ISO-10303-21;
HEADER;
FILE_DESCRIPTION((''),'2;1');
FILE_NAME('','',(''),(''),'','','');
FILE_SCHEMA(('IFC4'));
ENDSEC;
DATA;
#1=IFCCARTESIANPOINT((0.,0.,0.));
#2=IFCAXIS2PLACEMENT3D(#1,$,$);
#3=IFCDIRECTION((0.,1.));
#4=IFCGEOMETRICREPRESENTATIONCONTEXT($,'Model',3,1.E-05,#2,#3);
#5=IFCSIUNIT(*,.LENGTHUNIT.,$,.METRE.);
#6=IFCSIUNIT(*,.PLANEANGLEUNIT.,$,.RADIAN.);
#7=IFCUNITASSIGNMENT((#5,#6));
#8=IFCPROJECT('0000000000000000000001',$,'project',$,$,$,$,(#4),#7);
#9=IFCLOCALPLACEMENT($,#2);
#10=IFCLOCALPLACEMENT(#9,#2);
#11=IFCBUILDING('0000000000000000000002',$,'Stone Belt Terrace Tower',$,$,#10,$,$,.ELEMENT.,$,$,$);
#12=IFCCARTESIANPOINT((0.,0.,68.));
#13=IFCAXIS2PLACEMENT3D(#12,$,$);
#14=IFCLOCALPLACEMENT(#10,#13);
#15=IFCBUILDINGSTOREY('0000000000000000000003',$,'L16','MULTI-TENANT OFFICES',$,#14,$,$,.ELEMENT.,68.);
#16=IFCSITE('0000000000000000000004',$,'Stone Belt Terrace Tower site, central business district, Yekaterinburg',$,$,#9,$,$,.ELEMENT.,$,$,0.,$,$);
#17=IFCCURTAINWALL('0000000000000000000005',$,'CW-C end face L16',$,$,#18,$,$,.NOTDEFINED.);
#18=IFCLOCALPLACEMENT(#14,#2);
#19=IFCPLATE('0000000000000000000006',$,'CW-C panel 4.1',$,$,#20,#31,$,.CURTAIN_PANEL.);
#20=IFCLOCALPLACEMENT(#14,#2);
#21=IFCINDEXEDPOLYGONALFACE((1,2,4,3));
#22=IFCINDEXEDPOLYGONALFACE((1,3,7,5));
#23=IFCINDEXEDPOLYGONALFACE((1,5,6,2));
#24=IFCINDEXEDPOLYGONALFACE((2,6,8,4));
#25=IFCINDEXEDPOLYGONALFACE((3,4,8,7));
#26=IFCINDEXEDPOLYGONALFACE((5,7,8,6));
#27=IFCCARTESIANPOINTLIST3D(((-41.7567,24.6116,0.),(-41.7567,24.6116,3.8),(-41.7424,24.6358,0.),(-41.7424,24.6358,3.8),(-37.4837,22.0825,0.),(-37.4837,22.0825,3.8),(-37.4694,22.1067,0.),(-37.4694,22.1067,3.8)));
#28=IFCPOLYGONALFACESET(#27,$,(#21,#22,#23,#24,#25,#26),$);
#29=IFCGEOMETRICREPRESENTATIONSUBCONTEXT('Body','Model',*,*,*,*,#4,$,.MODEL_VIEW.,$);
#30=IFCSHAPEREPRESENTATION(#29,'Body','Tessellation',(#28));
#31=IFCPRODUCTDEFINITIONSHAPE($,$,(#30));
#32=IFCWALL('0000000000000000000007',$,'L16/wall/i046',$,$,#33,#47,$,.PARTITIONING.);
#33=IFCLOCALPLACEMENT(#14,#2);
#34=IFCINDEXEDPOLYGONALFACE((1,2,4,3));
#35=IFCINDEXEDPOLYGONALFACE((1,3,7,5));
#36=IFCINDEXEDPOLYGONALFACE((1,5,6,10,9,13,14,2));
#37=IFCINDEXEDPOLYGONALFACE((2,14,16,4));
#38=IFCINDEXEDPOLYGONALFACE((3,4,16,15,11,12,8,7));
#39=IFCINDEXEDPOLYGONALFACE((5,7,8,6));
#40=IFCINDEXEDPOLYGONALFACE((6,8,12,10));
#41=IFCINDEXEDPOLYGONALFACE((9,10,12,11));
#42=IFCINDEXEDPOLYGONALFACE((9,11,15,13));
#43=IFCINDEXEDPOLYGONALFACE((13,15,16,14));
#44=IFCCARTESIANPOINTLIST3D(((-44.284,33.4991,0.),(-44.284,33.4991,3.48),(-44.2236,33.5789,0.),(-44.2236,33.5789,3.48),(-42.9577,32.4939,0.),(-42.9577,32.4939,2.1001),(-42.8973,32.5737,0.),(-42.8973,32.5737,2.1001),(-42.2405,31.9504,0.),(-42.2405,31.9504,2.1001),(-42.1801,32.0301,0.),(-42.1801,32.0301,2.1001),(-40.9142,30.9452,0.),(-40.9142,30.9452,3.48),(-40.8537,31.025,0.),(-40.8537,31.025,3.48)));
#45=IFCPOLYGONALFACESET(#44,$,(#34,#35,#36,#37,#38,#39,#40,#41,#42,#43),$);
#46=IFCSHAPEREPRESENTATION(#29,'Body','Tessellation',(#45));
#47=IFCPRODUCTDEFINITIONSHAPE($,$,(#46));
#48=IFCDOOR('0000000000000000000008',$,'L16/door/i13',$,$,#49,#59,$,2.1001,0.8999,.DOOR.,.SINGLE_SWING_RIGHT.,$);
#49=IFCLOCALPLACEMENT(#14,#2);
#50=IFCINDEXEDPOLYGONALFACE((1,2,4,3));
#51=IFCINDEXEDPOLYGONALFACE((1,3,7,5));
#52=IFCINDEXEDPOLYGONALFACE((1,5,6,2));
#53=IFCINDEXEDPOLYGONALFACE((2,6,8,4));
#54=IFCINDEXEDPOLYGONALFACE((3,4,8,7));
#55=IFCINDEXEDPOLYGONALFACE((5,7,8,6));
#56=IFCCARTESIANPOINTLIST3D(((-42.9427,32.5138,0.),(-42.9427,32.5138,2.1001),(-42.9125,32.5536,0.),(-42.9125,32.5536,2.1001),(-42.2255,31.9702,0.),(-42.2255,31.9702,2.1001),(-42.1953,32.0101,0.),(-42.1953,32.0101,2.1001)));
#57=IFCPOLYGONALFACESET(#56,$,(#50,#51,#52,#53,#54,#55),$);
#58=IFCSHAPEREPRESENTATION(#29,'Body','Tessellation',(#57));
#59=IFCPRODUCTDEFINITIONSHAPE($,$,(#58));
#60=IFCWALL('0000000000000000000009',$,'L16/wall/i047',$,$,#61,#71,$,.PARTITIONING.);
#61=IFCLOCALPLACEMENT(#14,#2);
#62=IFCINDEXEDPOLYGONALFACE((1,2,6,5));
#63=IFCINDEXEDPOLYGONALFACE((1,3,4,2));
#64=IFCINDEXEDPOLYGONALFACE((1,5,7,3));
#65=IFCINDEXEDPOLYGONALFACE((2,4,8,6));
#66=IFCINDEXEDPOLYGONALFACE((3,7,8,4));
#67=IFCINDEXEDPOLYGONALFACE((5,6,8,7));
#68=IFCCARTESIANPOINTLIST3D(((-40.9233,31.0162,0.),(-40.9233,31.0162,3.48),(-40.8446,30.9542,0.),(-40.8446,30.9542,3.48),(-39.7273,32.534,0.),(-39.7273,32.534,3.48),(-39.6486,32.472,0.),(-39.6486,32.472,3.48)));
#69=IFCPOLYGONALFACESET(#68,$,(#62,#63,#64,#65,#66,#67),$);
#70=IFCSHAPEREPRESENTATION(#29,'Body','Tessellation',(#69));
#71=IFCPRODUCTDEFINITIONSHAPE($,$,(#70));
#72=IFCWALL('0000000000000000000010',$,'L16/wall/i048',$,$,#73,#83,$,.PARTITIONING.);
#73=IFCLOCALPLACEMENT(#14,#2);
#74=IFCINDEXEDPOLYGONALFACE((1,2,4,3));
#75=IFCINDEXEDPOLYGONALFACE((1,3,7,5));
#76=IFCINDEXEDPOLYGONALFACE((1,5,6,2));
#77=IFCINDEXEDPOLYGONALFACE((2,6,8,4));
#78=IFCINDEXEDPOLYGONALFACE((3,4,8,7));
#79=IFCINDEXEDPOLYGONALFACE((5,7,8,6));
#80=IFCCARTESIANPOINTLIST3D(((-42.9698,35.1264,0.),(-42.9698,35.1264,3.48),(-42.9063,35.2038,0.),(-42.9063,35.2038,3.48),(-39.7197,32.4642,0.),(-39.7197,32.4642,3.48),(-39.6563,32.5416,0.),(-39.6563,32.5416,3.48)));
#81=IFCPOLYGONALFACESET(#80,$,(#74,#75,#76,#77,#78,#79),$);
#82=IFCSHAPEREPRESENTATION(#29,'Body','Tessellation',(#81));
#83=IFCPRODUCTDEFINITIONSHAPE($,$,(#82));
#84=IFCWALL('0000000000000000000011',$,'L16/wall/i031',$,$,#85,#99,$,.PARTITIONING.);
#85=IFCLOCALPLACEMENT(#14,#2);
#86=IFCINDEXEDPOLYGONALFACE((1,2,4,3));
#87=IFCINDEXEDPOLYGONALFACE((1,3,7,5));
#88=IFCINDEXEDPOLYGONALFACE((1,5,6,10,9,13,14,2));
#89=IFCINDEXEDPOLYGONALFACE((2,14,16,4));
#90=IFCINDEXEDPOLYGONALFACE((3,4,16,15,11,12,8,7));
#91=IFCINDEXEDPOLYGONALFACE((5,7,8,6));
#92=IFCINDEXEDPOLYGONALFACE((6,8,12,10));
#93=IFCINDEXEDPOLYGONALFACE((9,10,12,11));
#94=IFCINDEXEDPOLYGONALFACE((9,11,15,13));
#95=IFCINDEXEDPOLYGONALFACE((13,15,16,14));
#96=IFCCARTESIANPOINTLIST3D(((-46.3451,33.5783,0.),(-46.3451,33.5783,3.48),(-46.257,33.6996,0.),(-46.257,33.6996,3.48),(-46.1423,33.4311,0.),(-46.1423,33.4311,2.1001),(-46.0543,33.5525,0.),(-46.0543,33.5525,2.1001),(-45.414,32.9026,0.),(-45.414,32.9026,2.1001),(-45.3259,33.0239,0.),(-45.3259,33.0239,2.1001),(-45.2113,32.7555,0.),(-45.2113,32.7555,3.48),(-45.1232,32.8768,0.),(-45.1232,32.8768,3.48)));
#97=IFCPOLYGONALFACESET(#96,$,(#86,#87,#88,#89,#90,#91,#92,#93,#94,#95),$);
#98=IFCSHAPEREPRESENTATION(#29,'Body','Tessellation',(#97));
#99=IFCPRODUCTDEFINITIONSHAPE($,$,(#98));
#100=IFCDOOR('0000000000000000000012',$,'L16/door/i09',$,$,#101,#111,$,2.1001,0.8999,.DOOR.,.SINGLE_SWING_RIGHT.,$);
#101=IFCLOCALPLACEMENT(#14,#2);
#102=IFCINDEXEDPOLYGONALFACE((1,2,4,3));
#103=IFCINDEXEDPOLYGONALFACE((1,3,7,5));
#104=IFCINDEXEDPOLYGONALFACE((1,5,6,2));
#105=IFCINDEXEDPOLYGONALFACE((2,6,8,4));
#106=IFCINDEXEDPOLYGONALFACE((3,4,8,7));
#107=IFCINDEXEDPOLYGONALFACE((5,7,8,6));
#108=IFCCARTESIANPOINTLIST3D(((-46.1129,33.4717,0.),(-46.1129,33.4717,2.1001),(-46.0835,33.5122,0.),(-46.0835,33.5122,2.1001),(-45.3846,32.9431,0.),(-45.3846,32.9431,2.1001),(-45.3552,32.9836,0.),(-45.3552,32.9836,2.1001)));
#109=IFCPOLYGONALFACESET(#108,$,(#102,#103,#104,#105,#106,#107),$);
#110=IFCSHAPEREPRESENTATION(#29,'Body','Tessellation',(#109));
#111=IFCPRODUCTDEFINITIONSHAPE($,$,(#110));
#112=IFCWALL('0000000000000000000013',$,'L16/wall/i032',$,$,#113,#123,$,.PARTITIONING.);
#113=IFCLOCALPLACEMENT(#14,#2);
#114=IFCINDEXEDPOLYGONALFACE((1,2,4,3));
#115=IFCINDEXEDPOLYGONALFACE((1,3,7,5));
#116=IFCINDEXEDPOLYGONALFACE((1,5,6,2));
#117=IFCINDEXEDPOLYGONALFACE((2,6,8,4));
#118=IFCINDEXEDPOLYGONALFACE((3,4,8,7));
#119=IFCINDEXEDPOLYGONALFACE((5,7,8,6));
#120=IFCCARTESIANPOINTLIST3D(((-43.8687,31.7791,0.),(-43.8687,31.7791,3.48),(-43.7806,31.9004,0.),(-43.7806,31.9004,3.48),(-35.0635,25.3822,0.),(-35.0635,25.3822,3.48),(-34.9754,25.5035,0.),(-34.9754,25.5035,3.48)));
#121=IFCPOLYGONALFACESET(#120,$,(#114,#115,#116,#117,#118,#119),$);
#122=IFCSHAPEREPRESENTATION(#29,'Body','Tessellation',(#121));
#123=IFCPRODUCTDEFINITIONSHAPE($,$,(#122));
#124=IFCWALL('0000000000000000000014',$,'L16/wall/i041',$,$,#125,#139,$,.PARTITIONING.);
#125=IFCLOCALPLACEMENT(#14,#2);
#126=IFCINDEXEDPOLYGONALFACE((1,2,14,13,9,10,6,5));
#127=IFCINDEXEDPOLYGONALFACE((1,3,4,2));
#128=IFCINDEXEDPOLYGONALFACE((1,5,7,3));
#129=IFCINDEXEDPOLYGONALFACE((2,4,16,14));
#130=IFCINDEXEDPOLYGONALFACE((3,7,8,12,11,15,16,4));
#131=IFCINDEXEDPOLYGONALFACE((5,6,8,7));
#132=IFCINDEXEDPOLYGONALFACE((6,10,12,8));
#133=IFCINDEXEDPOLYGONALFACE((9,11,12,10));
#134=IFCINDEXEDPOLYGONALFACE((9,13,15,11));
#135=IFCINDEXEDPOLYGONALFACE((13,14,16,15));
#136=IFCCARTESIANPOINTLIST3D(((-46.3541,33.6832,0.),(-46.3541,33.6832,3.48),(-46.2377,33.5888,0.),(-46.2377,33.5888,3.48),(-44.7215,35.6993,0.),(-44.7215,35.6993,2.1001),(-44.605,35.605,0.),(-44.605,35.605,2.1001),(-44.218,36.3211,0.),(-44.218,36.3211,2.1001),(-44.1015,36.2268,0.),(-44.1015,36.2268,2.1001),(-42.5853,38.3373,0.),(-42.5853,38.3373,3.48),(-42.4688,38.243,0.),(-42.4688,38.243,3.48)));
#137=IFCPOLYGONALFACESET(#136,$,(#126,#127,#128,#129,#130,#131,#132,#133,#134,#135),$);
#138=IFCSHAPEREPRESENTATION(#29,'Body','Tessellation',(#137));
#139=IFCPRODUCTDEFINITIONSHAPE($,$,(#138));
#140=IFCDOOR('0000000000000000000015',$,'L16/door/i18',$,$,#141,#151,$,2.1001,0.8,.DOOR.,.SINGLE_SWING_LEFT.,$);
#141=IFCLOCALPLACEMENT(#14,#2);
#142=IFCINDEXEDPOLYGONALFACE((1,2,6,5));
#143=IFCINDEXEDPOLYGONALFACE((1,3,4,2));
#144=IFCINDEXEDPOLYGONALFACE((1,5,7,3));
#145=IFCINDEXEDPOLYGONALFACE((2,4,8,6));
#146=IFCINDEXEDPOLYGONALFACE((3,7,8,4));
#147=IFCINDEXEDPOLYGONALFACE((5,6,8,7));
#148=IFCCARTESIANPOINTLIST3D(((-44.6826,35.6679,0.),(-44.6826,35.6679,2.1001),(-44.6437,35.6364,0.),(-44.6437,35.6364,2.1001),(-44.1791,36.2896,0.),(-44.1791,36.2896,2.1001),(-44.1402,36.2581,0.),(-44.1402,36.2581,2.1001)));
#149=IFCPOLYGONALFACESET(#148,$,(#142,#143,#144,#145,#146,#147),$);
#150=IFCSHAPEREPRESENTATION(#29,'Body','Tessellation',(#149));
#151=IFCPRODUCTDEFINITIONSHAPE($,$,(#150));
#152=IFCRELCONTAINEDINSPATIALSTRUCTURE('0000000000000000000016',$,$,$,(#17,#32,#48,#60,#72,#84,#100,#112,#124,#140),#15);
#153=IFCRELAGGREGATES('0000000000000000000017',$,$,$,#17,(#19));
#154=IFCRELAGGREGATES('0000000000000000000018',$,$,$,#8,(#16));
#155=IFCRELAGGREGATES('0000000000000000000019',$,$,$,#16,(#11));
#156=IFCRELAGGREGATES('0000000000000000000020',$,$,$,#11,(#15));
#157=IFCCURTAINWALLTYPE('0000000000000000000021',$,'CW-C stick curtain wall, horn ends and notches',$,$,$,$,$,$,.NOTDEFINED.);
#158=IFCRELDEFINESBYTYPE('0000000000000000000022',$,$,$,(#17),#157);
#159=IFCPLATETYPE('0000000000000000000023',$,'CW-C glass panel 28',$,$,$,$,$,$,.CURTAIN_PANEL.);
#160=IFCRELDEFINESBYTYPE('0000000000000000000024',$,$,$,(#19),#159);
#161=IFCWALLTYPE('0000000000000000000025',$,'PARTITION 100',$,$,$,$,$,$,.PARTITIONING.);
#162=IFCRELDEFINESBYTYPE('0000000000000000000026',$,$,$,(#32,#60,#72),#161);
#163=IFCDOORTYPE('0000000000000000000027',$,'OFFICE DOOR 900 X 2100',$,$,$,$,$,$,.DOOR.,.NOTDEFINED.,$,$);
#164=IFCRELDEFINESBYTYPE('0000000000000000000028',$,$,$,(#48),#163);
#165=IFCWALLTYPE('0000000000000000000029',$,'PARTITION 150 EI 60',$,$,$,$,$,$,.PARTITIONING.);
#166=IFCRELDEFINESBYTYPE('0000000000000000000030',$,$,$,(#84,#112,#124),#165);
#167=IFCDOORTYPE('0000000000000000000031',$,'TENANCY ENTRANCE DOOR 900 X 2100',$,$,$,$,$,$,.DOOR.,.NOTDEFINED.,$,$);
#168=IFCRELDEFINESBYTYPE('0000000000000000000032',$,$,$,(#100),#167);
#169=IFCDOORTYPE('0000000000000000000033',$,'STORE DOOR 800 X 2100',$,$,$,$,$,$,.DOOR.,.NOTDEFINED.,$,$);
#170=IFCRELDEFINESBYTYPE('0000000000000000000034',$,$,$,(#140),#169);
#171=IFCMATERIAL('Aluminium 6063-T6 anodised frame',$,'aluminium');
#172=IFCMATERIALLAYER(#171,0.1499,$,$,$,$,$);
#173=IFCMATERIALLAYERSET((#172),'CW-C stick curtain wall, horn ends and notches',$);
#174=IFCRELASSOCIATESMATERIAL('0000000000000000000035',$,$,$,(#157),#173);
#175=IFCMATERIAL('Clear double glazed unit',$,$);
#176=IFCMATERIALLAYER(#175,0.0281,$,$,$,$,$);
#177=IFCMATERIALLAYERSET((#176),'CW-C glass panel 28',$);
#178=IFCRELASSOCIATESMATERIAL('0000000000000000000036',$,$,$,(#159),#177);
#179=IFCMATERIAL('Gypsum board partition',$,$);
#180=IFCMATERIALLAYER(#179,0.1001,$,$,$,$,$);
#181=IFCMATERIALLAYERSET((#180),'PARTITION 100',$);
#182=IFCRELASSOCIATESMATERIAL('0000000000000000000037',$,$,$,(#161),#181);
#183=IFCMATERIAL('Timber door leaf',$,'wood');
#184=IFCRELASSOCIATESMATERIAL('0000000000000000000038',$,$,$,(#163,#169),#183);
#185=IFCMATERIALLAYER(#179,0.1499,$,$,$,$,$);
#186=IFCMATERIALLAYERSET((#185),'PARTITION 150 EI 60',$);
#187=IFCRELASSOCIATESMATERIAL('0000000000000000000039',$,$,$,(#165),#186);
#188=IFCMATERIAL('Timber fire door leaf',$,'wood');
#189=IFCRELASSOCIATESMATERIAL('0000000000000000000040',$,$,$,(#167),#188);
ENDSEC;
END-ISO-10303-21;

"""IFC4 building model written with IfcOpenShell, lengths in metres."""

from ifc_helpers import new_model, si_unit, direction, frame, frame_2d, origin, origin_2d, place, context, subcontext, project, spatial, rectangle, extrude, material, layer, layer_set, type_object, element, fill, aggregate, save


model = new_model("IFC4")

# Units and contexts
model_context = context("Model", 3, precision=1e-05, world=origin(), true_north=direction((0.0, 1.0)))
body_context = subcontext(model_context, "Body", "Model", "MODEL_VIEW")
ifc_project = project(units=[si_unit("LENGTHUNIT", "METRE"), si_unit("PLANEANGLEUNIT", "RADIAN")], contexts=[model_context])

# Site, building, storey
site_placement = place(None, origin())
site = spatial("IfcSite", under=ifc_project, at=site_placement, Name="Stone Belt Terrace Tower site, central business district, Yekaterinburg", CompositionType="ELEMENT", RefElevation=0.0)
building_placement = place(site_placement, origin())
building = spatial("IfcBuilding", under=site, at=building_placement, Name="Stone Belt Terrace Tower", CompositionType="ELEMENT")
storey_placement = place(building_placement, frame((0.0, 0.0, 68.0)))
storey = spatial("IfcBuildingStorey", under=building, at=storey_placement, Name="L16", Description="MULTI-TENANT OFFICES", CompositionType="ELEMENT", Elevation=68.0)

# Curtain wall
ifc_material_1 = material(Name="Aluminium 6063-T6 anodised frame", Category="aluminium")
ifc_layer_1 = layer(ifc_material_1, 0.1499)
ifc_layer_set_1 = layer_set([ifc_layer_1], Name="CW-C stick curtain wall, horn ends and notches")
curtain_wall_type = type_object("IfcCurtainWallType", Name="CW-C stick curtain wall, horn ends and notches", PredefinedType="NOTDEFINED", material=ifc_layer_set_1)
curtain_wall_1_placement = place(storey_placement, origin())
curtain_wall_1 = element("IfcCurtainWall", 1, at=curtain_wall_1_placement, inside=storey, type_object=curtain_wall_type, Name="CW-C end face L16", PredefinedType="NOTDEFINED")

# Shared definitions
ifc_material_2 = material(Name="Clear double glazed unit")
ifc_layer_2 = layer(ifc_material_2, 0.0281)
ifc_layer_set_2 = layer_set([ifc_layer_2], Name="CW-C glass panel 28")
plate_type = type_object("IfcPlateType", Name="CW-C glass panel 28", PredefinedType="CURTAIN_PANEL", material=ifc_layer_set_2)

# Plate
plate_1_placement = place(storey_placement, frame((-39.613, 23.3591, 0.0), z_axis=(0.0, 0.0, 1.0), x_axis=(0.860558, -0.509353, 0.0)))
plate_1 = element("IfcPlate", 2, at=plate_1_placement, type_object=plate_type, Name="CW-C panel 4.1", PredefinedType="CURTAIN_PANEL", context=body_context, shape_type="SweptSolid", body=[
    extrude(rectangle(XDim=4.9653, YDim=0.0281, at=origin_2d()), origin(), (0.0, 0.0, 1.0), 3.8),
])
aggregate(curtain_wall_1, [plate_1])

# Wall, opening, door
ifc_material_3 = material(Name="Gypsum board partition")
ifc_layer_3 = layer(ifc_material_3, 0.1001)
ifc_layer_set_3 = layer_set([ifc_layer_3], Name="PARTITION 100")
wall_type_1 = type_object("IfcWallType", Name="PARTITION 100", PredefinedType="PARTITIONING", material=ifc_layer_set_3)
wall_1_placement = place(storey_placement, frame((-44.2539, 33.5391, 0.0), z_axis=(0.0, 0.0, 1.0), x_axis=(0.796976, -0.604011, 0.0)))
wall_1 = element("IfcWall", 3, at=wall_1_placement, inside=storey, type_object=wall_type_1, Name="L16/wall/i046", PredefinedType="PARTITIONING", context=body_context, shape_type="SweptSolid", body=[
    extrude(rectangle(XDim=4.2283, YDim=0.1001, at=frame_2d((2.1143, 0.0))), origin(), (0.0, 0.0, 1.0), 3.48),
])
opening_1_placement = place(wall_1_placement, frame((1.6643, 0.0, 0.0)))
opening_1 = element("IfcOpeningElement", 4, at=opening_1_placement, cuts=wall_1, PredefinedType="OPENING", context=body_context, shape_type="SweptSolid", body=[
    extrude(rectangle(XDim=0.8999, YDim=2.1001, at=frame_2d((0.45, 1.05))), frame((0.0, 0.0601, 0.0), z_axis=(0.0, -1.0, 0.0), x_axis=(1.0, 0.0, 0.0)), (0.0, 0.0, 1.0), 0.1201),
])
ifc_material_4 = material(Name="Timber door leaf", Category="wood")
door_type_1 = type_object("IfcDoorType", Name="OFFICE DOOR 900 X 2100", OperationType="NOTDEFINED", PredefinedType="DOOR", material=ifc_material_4)
door_1_placement = place(opening_1_placement, origin())
door_1 = element("IfcDoor", 5, at=door_1_placement, inside=storey, type_object=door_type_1, Name="L16/door/i13", OperationType="SINGLE_SWING_RIGHT", OverallHeight=2.1001, OverallWidth=0.8999, PredefinedType="DOOR", context=body_context, shape_type="SweptSolid", body=[
    extrude(rectangle(XDim=0.8999, YDim=2.1001, at=frame_2d((0.45, 1.05))), frame((0.0, 0.0249, 0.0), z_axis=(0.0, -1.0, 0.0), x_axis=(1.0, 0.0, 0.0)), (0.0, 0.0, 1.0), 0.05),
])
fill(opening_1, door_1)

# Walls
wall_2_placement = place(storey_placement, frame((-40.884, 30.9851, 0.0), z_axis=(0.0, 0.0, 1.0), x_axis=(0.618931, 0.785445, 0.0)))
element("IfcWall", 6, at=wall_2_placement, inside=storey, type_object=wall_type_1, Name="L16/wall/i047", PredefinedType="PARTITIONING", context=body_context, shape_type="SweptSolid", body=[
    extrude(rectangle(XDim=1.9324, YDim=0.1001, at=frame_2d((0.9663, 0.0))), origin(), (0.0, 0.0, 1.0), 3.48),
])
wall_3_placement = place(storey_placement, frame((-39.688, 32.5029, 0.0), z_axis=(0.0, 0.0, 1.0), x_axis=(-0.773605, 0.633668, 0.0)))
element("IfcWall", 7, at=wall_3_placement, inside=storey, type_object=wall_type_1, Name="L16/wall/i048", PredefinedType="PARTITIONING", context=body_context, shape_type="SweptSolid", body=[
    extrude(rectangle(XDim=4.2012, YDim=0.1001, at=frame_2d((2.1006, 0.0))), origin(), (0.0, 0.0, 1.0), 3.48),
])

# Wall, opening, door
ifc_layer_4 = layer(ifc_material_3, 0.1499)
ifc_layer_set_4 = layer_set([ifc_layer_4], Name="PARTITION 150 EI 60")
wall_type_2 = type_object("IfcWallType", Name="PARTITION 150 EI 60", PredefinedType="PARTITIONING", material=ifc_layer_set_4)
wall_4_placement = place(storey_placement, frame((-45.1672, 32.8162, 0.0), z_axis=(0.0, 0.0, 1.0), x_axis=(-0.809354, 0.587322, 0.0)))
wall_4 = element("IfcWall", 8, at=wall_4_placement, inside=storey, type_object=wall_type_2, Name="L16/wall/i031", PredefinedType="PARTITIONING", context=body_context, shape_type="SweptSolid", body=[
    extrude(rectangle(XDim=1.4009, YDim=0.1499, at=frame_2d((0.7004, 0.0))), origin(), (0.0, 0.0, 1.0), 3.48),
])
opening_2_placement = place(wall_4_placement, frame((0.2505, 0.0, 0.0)))
opening_2 = element("IfcOpeningElement", 9, at=opening_2_placement, cuts=wall_4, PredefinedType="OPENING", context=body_context, shape_type="SweptSolid", body=[
    extrude(rectangle(XDim=0.8999, YDim=2.1001, at=frame_2d((0.45, 1.05))), frame((0.0, 0.085, 0.0), z_axis=(0.0, -1.0, 0.0), x_axis=(1.0, 0.0, 0.0)), (0.0, 0.0, 1.0), 0.1699),
])
ifc_material_5 = material(Name="Timber fire door leaf", Category="wood")
door_type_2 = type_object("IfcDoorType", Name="TENANCY ENTRANCE DOOR 900 X 2100", OperationType="NOTDEFINED", PredefinedType="DOOR", material=ifc_material_5)
door_2_placement = place(opening_2_placement, origin())
door_2 = element("IfcDoor", 10, at=door_2_placement, inside=storey, type_object=door_type_2, Name="L16/door/i09", OperationType="SINGLE_SWING_RIGHT", OverallHeight=2.1001, OverallWidth=0.8999, PredefinedType="DOOR", context=body_context, shape_type="SweptSolid", body=[
    extrude(rectangle(XDim=0.8999, YDim=2.1001, at=frame_2d((0.45, 1.05))), frame((0.0, 0.0249, 0.0), z_axis=(0.0, -1.0, 0.0), x_axis=(1.0, 0.0, 0.0)), (0.0, 0.0, 1.0), 0.05),
])
fill(opening_2, door_2)

# Wall
wall_5_placement = place(storey_placement, frame((-43.8247, 31.8398, 0.0), z_axis=(0.0, 0.0, 1.0), x_axis=(0.809033, -0.587763, 0.0)))
element("IfcWall", 11, at=wall_5_placement, inside=storey, type_object=wall_type_2, Name="L16/wall/i032", PredefinedType="PARTITIONING", context=body_context, shape_type="SweptSolid", body=[
    extrude(rectangle(XDim=10.8835, YDim=0.1499, at=frame_2d((5.4419, 0.0))), origin(), (0.0, 0.0, 1.0), 3.48),
])

# Wall, opening, door
wall_6_placement = place(storey_placement, frame((-46.2959, 33.636, 0.0), z_axis=(0.0, 0.0, 1.0), x_axis=(0.629323, 0.777144, 0.0)))
wall_6 = element("IfcWall", 12, at=wall_6_placement, inside=storey, type_object=wall_type_2, Name="L16/wall/i041", PredefinedType="PARTITIONING", context=body_context, shape_type="SweptSolid", body=[
    extrude(rectangle(XDim=5.9888, YDim=0.1499, at=frame_2d((2.9944, 0.0))), origin(), (0.0, 0.0, 1.0), 3.48),
])
opening_3_placement = place(wall_6_placement, frame((2.5945, 0.0, 0.0)))
opening_3 = element("IfcOpeningElement", 13, at=opening_3_placement, cuts=wall_6, PredefinedType="OPENING", context=body_context, shape_type="SweptSolid", body=[
    extrude(rectangle(XDim=0.8, YDim=2.1001, at=frame_2d((0.3999, 1.05))), frame((0.0, 0.085, 0.0), z_axis=(0.0, -1.0, 0.0), x_axis=(1.0, 0.0, 0.0)), (0.0, 0.0, 1.0), 0.1699),
])
door_type_3 = type_object("IfcDoorType", Name="STORE DOOR 800 X 2100", OperationType="NOTDEFINED", PredefinedType="DOOR", material=ifc_material_4)
door_3_placement = place(opening_3_placement, origin())
door_3 = element("IfcDoor", 14, at=door_3_placement, inside=storey, type_object=door_type_3, Name="L16/door/i18", OperationType="SINGLE_SWING_LEFT", OverallHeight=2.1001, OverallWidth=0.8, PredefinedType="DOOR", context=body_context, shape_type="SweptSolid", body=[
    extrude(rectangle(XDim=0.8, YDim=2.1001, at=frame_2d((0.3999, 1.05))), frame((0.0, 0.0249, 0.0), z_axis=(0.0, -1.0, 0.0), x_axis=(1.0, 0.0, 0.0)), (0.0, 0.0, 1.0), 0.05),
])
fill(opening_3, door_3)

save(model, "model.ifc")
